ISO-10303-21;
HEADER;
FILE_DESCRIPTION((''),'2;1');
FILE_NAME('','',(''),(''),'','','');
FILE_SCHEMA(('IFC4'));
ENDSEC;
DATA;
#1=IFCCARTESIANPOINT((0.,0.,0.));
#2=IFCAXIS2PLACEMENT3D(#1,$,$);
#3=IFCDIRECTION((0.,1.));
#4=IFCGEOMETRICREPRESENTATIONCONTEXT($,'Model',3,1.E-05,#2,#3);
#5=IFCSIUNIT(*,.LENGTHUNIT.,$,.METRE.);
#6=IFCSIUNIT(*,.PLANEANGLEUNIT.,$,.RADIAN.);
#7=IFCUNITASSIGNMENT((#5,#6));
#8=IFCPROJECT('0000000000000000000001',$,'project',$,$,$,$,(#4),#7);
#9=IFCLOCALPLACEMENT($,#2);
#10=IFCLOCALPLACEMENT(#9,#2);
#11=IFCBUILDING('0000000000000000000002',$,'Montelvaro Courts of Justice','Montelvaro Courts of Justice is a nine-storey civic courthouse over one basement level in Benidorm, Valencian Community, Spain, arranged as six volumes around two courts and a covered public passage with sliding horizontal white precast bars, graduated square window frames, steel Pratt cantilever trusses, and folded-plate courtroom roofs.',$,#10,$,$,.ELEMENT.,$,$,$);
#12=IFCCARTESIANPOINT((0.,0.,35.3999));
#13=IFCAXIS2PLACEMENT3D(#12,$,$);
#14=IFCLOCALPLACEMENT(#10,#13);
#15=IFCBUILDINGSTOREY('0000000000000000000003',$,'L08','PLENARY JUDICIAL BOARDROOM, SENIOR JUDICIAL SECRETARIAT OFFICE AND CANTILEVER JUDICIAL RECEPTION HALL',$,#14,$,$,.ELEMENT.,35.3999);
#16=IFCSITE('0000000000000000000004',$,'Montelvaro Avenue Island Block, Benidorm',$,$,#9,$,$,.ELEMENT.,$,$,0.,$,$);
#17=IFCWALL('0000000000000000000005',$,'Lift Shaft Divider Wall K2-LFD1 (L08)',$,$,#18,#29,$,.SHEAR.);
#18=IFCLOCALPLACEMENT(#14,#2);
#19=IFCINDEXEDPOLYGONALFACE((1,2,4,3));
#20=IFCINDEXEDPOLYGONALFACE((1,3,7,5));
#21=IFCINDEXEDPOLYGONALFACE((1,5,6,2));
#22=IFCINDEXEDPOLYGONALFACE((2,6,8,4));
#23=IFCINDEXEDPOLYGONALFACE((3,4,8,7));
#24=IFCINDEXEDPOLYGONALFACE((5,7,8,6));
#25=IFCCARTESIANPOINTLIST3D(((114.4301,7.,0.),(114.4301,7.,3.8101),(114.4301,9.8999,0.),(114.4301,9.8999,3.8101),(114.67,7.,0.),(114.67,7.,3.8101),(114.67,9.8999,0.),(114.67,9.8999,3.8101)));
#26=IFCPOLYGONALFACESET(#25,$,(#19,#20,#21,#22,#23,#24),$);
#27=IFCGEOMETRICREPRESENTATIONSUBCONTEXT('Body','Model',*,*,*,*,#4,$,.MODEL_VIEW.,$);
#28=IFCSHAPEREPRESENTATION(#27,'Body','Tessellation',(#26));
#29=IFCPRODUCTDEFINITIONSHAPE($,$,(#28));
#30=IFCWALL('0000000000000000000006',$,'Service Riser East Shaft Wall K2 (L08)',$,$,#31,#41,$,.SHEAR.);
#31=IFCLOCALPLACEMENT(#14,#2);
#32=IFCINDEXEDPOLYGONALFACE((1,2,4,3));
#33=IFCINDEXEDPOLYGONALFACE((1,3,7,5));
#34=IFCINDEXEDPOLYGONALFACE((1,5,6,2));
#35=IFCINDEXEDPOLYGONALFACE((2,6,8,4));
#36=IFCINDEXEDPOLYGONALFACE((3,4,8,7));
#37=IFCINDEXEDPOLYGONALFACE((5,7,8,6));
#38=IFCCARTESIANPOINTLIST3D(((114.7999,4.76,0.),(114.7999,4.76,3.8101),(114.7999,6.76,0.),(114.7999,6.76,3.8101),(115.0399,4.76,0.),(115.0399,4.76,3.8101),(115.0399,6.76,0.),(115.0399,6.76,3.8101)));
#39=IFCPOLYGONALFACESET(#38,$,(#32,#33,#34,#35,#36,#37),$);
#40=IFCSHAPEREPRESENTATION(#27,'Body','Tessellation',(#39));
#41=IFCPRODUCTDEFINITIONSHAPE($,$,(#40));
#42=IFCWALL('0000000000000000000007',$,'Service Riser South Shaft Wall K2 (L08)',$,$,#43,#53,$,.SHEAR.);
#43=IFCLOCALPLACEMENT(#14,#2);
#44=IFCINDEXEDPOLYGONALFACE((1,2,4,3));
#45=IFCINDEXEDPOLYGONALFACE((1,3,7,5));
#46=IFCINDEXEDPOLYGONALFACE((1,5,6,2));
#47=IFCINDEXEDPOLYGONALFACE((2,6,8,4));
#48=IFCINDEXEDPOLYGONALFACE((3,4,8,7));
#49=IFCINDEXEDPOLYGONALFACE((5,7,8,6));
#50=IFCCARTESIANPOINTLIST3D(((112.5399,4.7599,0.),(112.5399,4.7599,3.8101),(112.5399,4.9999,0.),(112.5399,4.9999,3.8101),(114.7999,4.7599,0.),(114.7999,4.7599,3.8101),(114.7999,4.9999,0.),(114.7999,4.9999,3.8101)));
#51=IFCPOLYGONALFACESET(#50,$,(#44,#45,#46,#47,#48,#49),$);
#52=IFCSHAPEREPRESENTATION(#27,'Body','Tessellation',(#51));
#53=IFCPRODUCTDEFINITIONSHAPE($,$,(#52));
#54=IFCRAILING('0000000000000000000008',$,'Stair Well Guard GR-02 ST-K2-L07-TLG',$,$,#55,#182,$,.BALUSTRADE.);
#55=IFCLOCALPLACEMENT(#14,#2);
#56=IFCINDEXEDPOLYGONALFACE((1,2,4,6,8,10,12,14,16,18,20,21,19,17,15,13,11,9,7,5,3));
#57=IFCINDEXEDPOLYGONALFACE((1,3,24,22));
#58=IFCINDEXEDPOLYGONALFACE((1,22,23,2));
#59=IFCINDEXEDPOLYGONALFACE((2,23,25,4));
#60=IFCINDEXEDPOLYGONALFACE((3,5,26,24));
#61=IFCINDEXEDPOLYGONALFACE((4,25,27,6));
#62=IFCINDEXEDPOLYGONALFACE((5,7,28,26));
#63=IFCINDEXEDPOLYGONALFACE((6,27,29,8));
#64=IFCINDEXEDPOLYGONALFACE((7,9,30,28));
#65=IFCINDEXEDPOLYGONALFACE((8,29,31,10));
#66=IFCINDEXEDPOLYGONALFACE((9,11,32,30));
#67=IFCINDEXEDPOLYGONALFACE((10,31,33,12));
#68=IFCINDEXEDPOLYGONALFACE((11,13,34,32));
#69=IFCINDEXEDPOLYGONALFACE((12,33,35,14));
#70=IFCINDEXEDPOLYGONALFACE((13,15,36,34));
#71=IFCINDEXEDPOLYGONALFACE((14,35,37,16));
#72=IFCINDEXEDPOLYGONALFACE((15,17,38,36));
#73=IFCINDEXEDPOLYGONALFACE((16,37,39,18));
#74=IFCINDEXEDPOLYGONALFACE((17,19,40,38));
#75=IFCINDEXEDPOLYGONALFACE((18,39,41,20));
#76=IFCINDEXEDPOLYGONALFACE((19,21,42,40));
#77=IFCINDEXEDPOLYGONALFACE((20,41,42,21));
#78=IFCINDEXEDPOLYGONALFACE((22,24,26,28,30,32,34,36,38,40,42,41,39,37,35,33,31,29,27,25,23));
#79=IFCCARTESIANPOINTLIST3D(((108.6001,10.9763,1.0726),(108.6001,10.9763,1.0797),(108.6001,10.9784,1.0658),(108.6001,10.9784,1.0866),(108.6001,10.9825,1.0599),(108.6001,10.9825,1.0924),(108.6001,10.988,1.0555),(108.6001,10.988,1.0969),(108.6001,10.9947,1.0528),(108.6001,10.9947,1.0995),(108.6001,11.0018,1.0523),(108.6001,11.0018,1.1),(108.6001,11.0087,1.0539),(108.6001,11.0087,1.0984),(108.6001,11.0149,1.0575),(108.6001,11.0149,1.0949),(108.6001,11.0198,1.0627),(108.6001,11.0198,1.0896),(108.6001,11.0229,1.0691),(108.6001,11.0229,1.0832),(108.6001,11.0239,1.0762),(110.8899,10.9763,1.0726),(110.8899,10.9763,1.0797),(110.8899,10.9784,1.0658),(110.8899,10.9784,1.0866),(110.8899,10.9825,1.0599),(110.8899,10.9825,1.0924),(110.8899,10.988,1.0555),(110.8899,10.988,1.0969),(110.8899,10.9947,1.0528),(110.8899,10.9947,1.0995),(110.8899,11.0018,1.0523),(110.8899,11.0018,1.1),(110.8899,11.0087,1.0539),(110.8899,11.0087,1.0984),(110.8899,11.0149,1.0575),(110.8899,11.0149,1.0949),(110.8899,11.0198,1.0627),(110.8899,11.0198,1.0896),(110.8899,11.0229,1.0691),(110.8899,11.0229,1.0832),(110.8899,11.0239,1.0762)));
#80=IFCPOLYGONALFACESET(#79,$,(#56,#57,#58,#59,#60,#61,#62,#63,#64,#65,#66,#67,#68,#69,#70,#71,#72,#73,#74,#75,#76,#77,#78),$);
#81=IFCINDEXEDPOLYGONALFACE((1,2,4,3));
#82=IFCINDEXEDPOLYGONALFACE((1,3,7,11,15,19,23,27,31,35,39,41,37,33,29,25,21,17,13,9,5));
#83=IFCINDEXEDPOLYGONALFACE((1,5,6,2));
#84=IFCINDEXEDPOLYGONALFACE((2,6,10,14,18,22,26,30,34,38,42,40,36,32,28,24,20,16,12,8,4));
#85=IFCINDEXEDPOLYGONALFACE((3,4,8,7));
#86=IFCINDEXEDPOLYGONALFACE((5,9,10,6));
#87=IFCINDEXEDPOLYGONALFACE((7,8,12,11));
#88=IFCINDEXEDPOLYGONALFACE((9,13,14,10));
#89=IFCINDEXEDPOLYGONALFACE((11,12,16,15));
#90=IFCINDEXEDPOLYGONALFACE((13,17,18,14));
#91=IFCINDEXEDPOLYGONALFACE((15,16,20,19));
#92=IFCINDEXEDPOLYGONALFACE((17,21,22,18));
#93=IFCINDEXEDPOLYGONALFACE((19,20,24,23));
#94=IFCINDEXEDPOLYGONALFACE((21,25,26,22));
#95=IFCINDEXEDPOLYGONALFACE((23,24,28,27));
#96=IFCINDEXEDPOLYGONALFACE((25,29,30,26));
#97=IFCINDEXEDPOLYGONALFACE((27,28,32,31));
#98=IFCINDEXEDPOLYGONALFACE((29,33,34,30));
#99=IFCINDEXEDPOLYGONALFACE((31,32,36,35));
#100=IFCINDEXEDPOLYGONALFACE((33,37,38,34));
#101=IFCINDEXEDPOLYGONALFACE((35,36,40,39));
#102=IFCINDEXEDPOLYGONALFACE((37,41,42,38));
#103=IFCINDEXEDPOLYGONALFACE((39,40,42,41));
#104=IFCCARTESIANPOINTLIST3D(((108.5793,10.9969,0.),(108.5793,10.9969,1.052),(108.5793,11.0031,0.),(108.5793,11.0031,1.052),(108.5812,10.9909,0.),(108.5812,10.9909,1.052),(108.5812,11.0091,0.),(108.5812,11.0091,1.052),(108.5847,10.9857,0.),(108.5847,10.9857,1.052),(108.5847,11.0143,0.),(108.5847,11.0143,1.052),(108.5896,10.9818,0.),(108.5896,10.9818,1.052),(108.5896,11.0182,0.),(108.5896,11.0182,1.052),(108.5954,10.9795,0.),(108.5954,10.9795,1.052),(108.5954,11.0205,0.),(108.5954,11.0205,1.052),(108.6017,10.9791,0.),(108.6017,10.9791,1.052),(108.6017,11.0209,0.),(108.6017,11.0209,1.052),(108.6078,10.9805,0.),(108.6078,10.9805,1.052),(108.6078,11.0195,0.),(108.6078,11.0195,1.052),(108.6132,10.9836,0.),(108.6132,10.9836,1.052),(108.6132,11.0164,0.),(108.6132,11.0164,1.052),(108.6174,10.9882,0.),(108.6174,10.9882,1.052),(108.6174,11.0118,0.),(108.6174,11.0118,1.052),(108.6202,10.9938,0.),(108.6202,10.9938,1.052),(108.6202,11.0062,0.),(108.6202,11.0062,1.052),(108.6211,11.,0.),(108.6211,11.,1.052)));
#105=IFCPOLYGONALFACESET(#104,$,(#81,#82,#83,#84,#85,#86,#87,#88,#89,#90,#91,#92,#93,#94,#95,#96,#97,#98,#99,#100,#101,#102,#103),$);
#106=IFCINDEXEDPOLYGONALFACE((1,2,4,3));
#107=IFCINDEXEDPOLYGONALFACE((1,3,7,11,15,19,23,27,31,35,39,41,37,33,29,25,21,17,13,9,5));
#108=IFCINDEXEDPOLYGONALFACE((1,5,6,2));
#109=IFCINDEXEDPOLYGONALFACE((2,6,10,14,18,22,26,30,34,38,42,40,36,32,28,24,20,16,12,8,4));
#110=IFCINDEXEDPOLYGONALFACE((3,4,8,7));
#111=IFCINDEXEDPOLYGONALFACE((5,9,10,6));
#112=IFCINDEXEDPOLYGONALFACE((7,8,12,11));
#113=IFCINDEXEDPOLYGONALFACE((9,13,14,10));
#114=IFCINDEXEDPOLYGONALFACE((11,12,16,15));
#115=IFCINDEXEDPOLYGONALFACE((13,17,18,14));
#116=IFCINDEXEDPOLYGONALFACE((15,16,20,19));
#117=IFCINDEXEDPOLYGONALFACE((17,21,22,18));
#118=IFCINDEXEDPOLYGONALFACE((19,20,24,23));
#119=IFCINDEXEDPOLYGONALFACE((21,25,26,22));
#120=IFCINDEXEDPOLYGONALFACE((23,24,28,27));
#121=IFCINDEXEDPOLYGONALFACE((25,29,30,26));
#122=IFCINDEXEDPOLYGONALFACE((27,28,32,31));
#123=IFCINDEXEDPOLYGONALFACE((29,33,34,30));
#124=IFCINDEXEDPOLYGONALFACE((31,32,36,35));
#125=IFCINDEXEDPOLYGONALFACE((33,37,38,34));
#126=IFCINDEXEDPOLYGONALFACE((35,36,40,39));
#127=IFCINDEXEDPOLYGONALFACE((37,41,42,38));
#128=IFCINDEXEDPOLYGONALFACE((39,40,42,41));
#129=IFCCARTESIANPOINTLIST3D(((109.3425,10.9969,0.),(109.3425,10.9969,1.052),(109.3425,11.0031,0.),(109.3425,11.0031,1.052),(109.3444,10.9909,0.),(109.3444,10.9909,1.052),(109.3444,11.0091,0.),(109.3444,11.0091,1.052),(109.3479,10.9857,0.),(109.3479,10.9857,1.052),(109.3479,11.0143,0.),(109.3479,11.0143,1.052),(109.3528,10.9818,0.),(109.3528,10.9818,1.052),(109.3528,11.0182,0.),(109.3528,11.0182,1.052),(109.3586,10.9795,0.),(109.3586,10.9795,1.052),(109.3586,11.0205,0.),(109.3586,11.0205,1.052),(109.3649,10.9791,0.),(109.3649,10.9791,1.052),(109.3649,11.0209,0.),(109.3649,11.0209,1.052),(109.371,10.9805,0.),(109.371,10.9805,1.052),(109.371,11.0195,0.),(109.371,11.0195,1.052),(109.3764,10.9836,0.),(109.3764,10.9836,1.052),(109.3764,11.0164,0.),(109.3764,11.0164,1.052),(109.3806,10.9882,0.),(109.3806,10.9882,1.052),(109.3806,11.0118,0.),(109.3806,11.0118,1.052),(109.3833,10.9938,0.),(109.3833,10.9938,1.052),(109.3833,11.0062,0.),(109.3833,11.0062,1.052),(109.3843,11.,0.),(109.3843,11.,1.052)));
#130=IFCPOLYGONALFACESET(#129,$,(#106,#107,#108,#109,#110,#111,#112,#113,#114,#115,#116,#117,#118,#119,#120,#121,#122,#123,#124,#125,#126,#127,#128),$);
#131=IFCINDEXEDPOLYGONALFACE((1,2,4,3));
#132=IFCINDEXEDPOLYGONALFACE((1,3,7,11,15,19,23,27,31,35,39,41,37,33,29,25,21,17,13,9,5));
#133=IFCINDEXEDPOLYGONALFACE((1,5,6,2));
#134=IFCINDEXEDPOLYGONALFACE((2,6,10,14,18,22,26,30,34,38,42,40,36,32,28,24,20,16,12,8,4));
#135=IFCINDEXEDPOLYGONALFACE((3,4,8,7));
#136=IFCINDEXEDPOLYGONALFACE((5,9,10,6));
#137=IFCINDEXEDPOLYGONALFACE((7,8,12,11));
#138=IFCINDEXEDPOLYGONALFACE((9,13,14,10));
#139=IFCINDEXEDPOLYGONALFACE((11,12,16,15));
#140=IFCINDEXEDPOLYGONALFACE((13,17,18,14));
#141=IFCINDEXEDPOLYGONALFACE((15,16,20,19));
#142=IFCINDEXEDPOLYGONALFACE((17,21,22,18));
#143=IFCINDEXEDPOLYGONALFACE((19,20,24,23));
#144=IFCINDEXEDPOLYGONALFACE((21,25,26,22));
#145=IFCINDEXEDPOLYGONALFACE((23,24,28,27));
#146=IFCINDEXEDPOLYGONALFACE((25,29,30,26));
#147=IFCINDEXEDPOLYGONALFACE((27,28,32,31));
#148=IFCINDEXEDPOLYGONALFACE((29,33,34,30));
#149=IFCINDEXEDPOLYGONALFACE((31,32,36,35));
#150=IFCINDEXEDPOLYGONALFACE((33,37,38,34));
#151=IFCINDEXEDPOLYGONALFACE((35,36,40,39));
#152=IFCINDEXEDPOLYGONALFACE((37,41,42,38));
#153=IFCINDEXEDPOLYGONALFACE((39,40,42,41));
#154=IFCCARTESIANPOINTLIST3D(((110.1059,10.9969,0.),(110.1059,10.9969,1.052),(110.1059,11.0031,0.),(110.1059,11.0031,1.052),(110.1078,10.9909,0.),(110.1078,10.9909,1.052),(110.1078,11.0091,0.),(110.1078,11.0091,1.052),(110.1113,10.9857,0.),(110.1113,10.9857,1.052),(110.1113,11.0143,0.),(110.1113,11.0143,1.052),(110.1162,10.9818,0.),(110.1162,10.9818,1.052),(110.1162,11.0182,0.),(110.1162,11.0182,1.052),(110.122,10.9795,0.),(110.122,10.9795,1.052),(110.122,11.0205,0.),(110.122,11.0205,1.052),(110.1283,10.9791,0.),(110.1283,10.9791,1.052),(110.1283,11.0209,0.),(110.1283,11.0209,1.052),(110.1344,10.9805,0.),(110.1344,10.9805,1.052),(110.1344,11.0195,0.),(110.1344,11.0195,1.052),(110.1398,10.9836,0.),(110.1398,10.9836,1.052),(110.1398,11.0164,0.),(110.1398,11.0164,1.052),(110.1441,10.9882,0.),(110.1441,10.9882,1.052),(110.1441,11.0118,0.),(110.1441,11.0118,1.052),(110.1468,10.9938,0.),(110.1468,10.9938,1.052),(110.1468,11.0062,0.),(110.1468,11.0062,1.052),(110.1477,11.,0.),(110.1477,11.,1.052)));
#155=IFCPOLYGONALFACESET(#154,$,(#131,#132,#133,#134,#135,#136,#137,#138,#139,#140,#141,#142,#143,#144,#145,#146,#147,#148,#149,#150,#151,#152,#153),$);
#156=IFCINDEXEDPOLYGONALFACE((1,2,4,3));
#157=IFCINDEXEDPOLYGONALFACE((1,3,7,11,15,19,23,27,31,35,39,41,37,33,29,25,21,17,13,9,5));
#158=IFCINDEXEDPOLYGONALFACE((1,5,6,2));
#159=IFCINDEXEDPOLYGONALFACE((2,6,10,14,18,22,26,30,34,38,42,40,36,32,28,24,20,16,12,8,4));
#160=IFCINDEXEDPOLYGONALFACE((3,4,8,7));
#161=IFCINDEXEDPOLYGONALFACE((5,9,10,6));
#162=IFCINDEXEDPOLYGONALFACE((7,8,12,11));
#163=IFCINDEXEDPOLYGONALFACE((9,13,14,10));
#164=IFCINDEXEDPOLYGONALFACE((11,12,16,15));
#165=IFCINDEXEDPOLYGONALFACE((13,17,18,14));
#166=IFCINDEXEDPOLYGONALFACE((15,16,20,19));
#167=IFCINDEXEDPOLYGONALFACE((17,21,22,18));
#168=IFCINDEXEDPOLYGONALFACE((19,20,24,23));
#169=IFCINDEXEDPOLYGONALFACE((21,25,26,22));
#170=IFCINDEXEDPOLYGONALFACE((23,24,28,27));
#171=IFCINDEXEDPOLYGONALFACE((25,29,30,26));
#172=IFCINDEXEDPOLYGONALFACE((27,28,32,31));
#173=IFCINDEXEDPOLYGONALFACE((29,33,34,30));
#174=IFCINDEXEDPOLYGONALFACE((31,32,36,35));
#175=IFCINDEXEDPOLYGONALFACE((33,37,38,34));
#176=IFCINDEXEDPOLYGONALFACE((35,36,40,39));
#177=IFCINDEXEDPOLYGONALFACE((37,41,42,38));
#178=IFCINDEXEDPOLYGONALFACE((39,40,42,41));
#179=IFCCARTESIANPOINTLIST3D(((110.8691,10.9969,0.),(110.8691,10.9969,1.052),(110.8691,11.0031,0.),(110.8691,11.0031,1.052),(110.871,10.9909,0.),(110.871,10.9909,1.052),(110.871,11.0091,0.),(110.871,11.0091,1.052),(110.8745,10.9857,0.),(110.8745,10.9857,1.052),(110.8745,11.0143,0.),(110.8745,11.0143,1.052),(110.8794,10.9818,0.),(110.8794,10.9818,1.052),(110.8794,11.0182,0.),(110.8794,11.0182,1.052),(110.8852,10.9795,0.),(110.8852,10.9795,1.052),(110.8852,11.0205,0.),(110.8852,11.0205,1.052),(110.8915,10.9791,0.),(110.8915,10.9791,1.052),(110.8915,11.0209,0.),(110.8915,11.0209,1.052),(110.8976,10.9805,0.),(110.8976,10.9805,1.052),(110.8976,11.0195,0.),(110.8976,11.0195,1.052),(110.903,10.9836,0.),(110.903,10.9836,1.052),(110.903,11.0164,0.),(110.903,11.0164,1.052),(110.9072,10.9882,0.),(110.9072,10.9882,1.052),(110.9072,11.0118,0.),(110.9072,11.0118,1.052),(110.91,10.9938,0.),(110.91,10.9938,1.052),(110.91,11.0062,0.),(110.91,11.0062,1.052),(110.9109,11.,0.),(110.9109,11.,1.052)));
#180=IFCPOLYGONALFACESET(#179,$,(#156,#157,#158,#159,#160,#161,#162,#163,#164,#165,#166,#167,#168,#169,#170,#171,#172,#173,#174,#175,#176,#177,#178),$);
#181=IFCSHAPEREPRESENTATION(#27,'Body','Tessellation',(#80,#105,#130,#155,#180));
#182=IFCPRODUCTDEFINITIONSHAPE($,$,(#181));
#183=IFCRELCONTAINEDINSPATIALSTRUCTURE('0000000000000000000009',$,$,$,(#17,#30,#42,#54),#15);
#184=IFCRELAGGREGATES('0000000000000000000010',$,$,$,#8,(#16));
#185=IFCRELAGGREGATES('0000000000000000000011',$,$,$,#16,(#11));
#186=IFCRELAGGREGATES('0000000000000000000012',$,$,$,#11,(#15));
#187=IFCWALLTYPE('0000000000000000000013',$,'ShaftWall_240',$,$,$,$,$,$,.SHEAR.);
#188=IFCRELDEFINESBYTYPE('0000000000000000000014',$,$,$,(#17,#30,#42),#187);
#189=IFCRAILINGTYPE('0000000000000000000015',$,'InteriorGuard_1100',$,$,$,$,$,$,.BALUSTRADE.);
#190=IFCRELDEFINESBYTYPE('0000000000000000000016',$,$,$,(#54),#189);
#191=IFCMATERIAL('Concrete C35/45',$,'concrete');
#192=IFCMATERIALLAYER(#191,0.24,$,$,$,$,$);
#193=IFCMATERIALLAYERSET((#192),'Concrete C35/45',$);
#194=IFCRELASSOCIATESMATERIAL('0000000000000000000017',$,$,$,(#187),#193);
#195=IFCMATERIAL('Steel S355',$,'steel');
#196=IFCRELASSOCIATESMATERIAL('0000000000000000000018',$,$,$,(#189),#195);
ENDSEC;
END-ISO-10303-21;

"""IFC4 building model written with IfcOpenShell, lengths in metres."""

from ifc_helpers import new_model, si_unit, direction, frame, frame_2d, origin, origin_2d, place, context, subcontext, project, spatial, rectangle, circle, extrude, material, layer, layer_set, type_object, element, save


model = new_model("IFC4")

# Units and contexts
model_context = context("Model", 3, precision=1e-05, world=origin(), true_north=direction((0.0, 1.0)))
body_context = subcontext(model_context, "Body", "Model", "MODEL_VIEW")
ifc_project = project(units=[si_unit("LENGTHUNIT", "METRE"), si_unit("PLANEANGLEUNIT", "RADIAN")], contexts=[model_context])

# Site, building, storey
site_placement = place(None, origin())
site = spatial("IfcSite", under=ifc_project, at=site_placement, Name="Montelvaro Avenue Island Block, Benidorm", CompositionType="ELEMENT", RefElevation=0.0)
building_placement = place(site_placement, origin())
building = spatial("IfcBuilding", under=site, at=building_placement, Name="Montelvaro Courts of Justice", Description="Montelvaro Courts of Justice is a nine-storey civic courthouse over one basement level in Benidorm, Valencian Community, Spain, arranged as six volumes around two courts and a covered public passage with sliding horizontal white precast bars, graduated square window frames, steel Pratt cantilever trusses, and folded-plate courtroom roofs.", CompositionType="ELEMENT")
storey_placement = place(building_placement, frame((0.0, 0.0, 35.3999)))
storey = spatial("IfcBuildingStorey", under=building, at=storey_placement, Name="L08", Description="PLENARY JUDICIAL BOARDROOM, SENIOR JUDICIAL SECRETARIAT OFFICE AND CANTILEVER JUDICIAL RECEPTION HALL", CompositionType="ELEMENT", Elevation=35.3999)

# Shared definitions
ifc_material_1 = material(Name="Steel S355", Category="steel")

# Shared definitions
ifc_material_2 = material(Name="Concrete C35/45", Category="concrete")
ifc_layer_1 = layer(ifc_material_2, 0.24)
ifc_layer_set_1 = layer_set([ifc_layer_1], Name="Concrete C35/45")
wall_type_1 = type_object("IfcWallType", Name="ShaftWall_240", PredefinedType="SHEAR", material=ifc_layer_set_1)

# Walls
wall_1_placement = place(storey_placement, frame((114.55, 7.0, 0.0), z_axis=(0.0, 0.0, 1.0), x_axis=(0.0, 1.0, 0.0)))
element("IfcWall", 1, at=wall_1_placement, inside=storey, type_object=wall_type_1, Name="Lift Shaft Divider Wall K2-LFD1 (L08)", PredefinedType="SHEAR", context=body_context, shape_type="SweptSolid", body=[
    extrude(rectangle(XDim=2.8999, YDim=0.24, at=frame_2d((1.45, 0.0))), origin(), (0.0, 0.0, 1.0), 3.8101),
])
wall_2_placement = place(storey_placement, frame((114.9199, 4.76, 0.0), z_axis=(0.0, 0.0, 1.0), x_axis=(0.0, 1.0, 0.0)))
element("IfcWall", 2, at=wall_2_placement, inside=storey, type_object=wall_type_1, Name="Service Riser East Shaft Wall K2 (L08)", PredefinedType="SHEAR", context=body_context, shape_type="SweptSolid", body=[
    extrude(rectangle(XDim=2.0, YDim=0.24, at=frame_2d((1.0, 0.0))), origin(), (0.0, 0.0, 1.0), 3.8101),
])
wall_3_placement = place(storey_placement, frame((112.54, 4.8799, 0.0), z_axis=(0.0, 0.0, 1.0), x_axis=(1.0, 0.0, 0.0)))
element("IfcWall", 3, at=wall_3_placement, inside=storey, type_object=wall_type_1, Name="Service Riser South Shaft Wall K2 (L08)", PredefinedType="SHEAR", context=body_context, shape_type="SweptSolid", body=[
    extrude(rectangle(XDim=2.26, YDim=0.24, at=frame_2d((1.1299, 0.0))), origin(), (0.0, 0.0, 1.0), 3.8101),
])

# Railing
railing_type = type_object("IfcRailingType", Name="InteriorGuard_1100", PredefinedType="BALUSTRADE", material=ifc_material_1)
railing_placement = place(storey_placement, frame((108.6001, 11.0, 0.0)))
element("IfcRailing", 4, at=railing_placement, inside=storey, type_object=railing_type, Name="Stair Well Guard GR-02 ST-K2-L07-TLG", PredefinedType="BALUSTRADE", context=body_context, shape_type="SweptSolid", body=[
    extrude(circle(Radius=0.0239, at=origin_2d()), frame((0.0, 0.0, 1.0762), z_axis=(1.0, 0.0, 0.0), x_axis=(0.0, 1.0, 0.0)), (0.0, 0.0, 1.0), 2.2898),
    extrude(circle(Radius=0.021, at=origin_2d()), origin(), (0.0, 0.0, 1.0), 1.052),
    extrude(circle(Radius=0.021, at=origin_2d()), frame((0.7632, 0.0, 0.0)), (0.0, 0.0, 1.0), 1.052),
    extrude(circle(Radius=0.021, at=origin_2d()), frame((1.5266, 0.0, 0.0)), (0.0, 0.0, 1.0), 1.052),
    extrude(circle(Radius=0.021, at=origin_2d()), frame((2.2898, 0.0, 0.0)), (0.0, 0.0, 1.0), 1.052),
])

save(model, "model.ifc")
